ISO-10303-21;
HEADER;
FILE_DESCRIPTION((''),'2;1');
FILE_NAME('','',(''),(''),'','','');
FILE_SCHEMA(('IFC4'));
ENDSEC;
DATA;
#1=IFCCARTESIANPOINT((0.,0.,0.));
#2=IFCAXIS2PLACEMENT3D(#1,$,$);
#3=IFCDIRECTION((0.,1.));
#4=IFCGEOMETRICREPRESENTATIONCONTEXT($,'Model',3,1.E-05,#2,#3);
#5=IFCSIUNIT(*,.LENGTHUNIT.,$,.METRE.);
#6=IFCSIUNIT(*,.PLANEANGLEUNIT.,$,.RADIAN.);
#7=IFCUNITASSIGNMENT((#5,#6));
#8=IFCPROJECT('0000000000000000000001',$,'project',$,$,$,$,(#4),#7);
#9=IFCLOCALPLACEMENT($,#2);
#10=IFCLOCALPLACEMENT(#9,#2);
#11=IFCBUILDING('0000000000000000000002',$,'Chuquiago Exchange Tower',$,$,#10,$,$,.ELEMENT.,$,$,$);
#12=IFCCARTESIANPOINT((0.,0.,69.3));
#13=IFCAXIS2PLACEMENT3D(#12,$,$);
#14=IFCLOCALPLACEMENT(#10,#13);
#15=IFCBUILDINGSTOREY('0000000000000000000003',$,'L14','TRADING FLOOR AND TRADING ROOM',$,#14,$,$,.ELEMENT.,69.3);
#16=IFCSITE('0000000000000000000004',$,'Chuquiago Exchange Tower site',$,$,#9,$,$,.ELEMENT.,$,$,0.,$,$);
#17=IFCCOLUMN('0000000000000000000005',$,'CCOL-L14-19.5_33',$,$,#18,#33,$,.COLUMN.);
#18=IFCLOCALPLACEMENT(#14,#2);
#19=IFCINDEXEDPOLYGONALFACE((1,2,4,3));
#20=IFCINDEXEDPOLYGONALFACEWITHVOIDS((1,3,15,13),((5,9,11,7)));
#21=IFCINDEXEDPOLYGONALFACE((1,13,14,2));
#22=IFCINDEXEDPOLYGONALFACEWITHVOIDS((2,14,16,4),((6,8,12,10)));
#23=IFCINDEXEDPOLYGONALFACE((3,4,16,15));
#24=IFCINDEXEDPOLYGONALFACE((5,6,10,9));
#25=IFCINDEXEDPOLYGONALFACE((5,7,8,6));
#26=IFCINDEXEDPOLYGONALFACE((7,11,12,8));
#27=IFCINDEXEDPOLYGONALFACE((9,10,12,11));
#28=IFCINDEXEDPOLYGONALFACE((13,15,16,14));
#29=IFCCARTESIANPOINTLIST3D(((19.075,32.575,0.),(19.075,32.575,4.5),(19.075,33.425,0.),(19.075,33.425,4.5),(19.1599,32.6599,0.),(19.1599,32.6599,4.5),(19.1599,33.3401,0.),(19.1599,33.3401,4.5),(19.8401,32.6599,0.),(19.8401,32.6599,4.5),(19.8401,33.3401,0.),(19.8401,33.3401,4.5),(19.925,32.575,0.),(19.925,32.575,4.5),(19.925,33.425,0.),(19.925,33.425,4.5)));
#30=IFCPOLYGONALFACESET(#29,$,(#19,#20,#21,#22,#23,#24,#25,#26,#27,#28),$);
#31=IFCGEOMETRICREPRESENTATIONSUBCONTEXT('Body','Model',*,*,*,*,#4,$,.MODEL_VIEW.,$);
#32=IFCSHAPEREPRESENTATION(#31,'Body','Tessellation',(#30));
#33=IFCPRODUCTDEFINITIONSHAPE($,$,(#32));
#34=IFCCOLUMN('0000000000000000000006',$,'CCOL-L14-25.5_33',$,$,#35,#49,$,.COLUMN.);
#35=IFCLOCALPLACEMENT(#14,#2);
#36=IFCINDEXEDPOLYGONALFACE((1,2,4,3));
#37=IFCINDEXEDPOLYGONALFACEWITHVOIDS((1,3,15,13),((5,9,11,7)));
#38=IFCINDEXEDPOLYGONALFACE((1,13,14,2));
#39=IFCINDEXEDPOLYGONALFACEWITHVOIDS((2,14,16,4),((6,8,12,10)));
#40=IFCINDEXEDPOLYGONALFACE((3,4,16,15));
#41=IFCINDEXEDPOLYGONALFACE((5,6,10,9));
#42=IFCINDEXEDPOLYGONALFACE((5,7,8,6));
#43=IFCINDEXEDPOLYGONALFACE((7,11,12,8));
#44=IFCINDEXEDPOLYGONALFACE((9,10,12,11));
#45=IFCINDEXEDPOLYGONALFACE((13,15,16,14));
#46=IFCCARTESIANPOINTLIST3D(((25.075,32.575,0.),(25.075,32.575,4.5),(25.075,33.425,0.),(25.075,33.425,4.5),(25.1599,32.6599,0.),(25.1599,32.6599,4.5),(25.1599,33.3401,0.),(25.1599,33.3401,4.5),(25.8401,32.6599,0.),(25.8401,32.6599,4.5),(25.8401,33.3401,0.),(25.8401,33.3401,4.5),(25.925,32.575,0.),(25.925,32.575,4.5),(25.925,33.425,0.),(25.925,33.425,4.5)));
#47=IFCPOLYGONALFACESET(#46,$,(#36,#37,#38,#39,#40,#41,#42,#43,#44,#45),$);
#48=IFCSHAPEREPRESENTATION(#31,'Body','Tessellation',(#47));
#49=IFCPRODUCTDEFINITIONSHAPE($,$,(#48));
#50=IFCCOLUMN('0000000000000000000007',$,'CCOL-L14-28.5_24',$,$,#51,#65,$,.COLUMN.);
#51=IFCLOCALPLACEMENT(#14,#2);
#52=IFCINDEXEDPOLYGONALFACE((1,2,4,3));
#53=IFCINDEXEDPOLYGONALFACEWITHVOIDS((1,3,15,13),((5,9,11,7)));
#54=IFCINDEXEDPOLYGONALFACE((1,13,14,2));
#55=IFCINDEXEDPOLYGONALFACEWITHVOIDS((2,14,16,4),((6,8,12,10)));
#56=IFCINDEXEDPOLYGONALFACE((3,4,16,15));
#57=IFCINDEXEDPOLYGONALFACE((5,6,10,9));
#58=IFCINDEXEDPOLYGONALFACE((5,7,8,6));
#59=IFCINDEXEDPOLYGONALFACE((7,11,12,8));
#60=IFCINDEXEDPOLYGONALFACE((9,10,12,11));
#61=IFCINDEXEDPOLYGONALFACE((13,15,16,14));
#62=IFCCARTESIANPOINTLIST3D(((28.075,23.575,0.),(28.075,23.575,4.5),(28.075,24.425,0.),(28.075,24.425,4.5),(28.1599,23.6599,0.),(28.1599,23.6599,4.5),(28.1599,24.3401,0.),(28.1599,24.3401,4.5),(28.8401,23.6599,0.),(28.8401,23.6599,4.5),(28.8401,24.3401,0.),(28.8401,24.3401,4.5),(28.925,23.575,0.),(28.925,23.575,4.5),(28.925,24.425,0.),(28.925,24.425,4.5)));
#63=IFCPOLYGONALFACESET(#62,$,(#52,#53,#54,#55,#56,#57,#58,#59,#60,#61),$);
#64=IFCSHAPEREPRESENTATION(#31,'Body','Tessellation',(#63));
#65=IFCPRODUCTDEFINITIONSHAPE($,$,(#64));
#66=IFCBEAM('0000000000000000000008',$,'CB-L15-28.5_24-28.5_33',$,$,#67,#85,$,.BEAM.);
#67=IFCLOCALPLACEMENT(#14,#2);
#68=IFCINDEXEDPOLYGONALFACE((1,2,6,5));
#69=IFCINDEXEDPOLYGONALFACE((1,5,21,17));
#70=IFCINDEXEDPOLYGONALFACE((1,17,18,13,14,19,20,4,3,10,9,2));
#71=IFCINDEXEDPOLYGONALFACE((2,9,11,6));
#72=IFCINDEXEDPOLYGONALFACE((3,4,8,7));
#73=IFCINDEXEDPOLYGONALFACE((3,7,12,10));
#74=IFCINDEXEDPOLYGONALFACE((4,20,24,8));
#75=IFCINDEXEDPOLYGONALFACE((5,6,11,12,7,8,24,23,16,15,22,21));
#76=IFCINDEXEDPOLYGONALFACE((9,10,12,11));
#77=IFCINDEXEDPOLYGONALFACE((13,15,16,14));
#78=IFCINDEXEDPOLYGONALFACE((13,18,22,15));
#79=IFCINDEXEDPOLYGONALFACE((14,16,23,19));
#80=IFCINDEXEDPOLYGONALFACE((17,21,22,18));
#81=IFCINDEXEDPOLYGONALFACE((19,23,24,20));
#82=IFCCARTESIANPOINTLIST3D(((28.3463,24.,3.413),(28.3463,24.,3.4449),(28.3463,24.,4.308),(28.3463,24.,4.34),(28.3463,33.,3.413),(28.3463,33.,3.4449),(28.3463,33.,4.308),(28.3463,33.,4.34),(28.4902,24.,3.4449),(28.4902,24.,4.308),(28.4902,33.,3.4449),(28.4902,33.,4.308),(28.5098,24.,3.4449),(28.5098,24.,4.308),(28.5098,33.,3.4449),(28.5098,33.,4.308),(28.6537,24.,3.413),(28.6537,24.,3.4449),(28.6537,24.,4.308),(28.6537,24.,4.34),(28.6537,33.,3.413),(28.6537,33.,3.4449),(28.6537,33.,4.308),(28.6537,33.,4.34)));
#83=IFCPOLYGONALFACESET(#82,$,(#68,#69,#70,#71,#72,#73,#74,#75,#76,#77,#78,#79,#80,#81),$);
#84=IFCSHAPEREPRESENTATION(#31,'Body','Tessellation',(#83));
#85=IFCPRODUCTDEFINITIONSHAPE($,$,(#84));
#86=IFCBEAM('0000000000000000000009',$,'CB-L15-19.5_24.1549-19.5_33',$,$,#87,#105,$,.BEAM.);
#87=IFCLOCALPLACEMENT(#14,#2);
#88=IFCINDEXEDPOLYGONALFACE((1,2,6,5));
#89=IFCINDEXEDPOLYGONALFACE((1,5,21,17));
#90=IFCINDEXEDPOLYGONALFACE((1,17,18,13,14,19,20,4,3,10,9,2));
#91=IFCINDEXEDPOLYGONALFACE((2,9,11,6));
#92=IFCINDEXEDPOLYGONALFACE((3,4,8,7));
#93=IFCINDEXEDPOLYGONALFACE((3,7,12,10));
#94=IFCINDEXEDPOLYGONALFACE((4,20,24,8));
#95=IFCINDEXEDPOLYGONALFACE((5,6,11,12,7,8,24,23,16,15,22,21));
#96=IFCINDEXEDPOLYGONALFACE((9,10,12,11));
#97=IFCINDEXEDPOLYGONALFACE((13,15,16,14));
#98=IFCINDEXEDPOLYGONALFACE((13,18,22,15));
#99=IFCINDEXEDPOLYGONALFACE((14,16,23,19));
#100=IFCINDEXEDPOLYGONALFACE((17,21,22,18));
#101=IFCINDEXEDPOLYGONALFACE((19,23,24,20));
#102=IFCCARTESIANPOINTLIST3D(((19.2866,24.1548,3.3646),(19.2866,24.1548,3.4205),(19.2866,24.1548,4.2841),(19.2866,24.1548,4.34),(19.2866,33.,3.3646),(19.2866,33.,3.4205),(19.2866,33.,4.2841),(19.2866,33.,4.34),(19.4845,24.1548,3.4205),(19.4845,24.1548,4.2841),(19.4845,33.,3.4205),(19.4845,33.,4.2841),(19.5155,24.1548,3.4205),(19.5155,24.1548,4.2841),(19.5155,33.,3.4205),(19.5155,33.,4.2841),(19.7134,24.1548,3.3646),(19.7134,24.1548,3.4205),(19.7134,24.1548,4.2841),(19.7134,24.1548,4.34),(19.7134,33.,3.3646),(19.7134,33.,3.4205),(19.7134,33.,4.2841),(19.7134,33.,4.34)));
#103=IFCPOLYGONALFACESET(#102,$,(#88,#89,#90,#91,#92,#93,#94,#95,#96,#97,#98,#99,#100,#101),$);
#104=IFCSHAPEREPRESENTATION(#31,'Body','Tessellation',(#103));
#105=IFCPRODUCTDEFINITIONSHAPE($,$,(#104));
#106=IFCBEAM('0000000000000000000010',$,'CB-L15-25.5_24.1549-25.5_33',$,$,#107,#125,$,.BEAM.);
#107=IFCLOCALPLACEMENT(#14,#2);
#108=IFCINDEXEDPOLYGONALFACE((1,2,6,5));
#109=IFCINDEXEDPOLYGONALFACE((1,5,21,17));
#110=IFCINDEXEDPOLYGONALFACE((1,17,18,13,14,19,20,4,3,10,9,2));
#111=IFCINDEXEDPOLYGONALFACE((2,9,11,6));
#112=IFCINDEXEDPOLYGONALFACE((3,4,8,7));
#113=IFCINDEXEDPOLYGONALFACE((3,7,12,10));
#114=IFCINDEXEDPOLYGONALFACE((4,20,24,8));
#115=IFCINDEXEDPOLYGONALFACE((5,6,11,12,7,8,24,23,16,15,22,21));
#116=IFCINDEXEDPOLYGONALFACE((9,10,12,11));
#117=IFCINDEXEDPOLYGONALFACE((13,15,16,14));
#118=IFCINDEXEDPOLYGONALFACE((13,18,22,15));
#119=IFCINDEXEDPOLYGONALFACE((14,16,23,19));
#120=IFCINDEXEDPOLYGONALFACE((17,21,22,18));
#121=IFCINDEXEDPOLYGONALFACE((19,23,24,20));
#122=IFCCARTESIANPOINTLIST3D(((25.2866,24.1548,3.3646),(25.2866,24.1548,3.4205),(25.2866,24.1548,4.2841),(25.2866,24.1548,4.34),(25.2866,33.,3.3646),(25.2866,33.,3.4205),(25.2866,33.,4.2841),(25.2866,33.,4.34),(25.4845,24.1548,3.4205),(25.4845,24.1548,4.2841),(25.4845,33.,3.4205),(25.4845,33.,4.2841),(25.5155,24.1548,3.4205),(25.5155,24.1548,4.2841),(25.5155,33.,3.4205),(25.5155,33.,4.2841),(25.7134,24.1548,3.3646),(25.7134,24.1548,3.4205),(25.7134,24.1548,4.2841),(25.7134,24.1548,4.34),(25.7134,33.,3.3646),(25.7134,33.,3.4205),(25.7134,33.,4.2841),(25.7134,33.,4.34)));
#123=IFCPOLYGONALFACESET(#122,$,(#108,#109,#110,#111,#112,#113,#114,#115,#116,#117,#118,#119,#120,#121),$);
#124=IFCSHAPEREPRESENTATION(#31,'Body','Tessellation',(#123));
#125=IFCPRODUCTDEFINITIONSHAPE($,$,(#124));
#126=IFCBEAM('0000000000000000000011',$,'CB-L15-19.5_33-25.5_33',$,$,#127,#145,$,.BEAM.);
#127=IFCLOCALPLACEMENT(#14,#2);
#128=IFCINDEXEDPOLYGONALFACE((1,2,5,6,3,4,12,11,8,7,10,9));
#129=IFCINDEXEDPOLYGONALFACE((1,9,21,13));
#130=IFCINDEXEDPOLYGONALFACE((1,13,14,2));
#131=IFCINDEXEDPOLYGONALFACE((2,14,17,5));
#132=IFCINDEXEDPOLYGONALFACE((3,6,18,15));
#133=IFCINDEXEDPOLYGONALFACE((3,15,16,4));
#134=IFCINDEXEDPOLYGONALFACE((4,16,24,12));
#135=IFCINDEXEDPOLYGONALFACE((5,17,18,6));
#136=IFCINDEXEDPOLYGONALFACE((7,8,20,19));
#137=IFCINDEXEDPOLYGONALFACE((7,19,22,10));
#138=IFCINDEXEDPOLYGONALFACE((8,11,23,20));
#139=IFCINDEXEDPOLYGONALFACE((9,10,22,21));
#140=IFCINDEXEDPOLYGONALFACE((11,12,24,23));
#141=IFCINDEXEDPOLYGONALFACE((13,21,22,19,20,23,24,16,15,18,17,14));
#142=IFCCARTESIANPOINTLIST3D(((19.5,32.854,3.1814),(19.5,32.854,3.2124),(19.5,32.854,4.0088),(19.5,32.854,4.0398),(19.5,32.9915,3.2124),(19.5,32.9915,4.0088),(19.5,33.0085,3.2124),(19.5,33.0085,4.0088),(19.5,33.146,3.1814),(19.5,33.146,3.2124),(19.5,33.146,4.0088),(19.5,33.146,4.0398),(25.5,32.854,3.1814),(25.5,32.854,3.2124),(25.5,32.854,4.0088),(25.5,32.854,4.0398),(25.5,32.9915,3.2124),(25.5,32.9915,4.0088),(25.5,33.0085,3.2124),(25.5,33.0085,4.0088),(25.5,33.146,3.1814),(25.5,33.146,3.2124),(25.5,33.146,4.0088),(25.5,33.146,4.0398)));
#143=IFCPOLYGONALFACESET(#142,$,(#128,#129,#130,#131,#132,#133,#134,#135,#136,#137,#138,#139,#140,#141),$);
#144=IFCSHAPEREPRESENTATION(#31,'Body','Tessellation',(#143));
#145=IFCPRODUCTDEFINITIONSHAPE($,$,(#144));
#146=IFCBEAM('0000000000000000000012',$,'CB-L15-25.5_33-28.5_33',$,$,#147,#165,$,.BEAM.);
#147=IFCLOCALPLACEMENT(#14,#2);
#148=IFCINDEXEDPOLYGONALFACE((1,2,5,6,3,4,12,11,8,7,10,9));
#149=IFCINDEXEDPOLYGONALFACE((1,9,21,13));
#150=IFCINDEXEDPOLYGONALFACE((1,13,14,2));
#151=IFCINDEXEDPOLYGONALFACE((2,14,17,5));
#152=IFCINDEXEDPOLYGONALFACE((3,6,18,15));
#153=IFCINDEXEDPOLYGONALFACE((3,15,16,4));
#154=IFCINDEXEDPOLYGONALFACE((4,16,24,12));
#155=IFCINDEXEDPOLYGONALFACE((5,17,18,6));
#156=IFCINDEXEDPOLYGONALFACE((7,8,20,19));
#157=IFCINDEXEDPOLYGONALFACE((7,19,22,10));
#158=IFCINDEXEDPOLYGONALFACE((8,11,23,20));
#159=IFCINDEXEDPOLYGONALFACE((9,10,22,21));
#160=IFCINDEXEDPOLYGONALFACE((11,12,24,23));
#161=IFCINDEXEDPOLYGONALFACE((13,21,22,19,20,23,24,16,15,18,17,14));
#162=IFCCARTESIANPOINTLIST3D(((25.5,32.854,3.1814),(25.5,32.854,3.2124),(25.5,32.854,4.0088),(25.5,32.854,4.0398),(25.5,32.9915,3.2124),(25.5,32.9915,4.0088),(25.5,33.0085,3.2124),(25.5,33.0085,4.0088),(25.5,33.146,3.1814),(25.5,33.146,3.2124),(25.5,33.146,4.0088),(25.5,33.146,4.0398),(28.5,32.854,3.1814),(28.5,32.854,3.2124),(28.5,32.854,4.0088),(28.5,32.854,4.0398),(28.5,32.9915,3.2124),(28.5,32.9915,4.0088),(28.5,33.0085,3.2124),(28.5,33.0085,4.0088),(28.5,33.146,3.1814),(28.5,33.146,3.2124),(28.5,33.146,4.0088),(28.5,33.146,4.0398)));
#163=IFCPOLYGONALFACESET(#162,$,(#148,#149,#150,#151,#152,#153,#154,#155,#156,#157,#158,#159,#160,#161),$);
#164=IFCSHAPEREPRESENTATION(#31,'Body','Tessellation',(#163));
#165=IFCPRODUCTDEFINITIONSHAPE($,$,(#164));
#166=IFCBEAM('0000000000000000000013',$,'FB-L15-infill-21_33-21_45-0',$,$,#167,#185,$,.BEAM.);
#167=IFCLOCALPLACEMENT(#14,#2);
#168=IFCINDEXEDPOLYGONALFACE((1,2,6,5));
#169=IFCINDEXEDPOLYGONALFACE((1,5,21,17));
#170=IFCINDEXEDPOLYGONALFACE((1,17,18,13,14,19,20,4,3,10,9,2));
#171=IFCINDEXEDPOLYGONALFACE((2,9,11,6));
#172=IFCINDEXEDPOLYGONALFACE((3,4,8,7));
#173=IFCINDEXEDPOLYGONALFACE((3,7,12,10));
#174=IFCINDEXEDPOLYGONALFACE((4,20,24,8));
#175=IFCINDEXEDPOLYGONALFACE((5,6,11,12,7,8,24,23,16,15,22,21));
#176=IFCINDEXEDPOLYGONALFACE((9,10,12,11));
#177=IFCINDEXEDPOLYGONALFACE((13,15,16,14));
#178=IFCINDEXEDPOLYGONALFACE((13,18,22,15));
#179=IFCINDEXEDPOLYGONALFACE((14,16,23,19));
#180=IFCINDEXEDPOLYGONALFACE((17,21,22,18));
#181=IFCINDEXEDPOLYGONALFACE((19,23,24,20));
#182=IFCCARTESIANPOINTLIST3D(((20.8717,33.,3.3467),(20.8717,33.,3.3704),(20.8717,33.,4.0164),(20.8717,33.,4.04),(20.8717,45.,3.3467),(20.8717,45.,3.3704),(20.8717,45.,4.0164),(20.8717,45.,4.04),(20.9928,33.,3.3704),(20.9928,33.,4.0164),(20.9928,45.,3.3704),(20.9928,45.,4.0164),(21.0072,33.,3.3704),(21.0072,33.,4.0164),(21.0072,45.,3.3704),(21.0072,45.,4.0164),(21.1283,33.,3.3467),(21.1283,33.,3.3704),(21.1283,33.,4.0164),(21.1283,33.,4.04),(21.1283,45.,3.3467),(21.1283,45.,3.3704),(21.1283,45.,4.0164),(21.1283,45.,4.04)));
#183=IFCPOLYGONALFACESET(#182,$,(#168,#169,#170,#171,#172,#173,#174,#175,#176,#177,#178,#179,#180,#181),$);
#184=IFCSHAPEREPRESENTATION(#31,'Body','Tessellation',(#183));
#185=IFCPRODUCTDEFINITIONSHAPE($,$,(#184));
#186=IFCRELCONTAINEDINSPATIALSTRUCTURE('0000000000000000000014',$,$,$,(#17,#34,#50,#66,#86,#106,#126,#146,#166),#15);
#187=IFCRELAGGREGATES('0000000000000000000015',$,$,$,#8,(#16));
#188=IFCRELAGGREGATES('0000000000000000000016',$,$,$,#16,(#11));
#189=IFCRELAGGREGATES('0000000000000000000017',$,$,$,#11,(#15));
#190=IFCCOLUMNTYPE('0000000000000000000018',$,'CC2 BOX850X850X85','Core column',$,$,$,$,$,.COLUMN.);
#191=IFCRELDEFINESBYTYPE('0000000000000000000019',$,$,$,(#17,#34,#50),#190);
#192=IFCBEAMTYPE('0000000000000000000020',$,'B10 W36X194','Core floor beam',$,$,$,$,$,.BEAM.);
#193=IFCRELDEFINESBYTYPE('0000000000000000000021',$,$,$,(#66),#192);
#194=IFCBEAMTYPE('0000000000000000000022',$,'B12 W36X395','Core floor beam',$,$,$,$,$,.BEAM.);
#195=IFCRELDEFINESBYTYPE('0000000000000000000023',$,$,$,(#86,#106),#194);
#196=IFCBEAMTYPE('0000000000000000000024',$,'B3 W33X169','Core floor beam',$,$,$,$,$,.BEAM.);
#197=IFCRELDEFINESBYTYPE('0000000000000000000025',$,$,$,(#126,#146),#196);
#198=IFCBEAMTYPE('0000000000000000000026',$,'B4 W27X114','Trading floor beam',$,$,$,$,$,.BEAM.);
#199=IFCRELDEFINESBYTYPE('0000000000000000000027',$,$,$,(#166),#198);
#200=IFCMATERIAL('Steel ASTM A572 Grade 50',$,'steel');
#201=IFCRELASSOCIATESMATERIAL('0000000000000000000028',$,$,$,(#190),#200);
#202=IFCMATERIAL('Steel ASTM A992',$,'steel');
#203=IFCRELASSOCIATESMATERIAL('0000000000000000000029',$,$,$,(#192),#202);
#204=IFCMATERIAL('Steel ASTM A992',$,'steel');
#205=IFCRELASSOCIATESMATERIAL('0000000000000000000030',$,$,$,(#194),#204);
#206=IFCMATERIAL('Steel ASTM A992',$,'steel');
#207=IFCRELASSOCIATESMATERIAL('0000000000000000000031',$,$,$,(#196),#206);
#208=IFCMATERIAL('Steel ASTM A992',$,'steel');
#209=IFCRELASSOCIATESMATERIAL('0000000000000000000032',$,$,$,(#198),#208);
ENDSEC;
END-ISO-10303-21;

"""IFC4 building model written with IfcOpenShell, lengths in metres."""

from ifc_helpers import new_model, si_unit, direction, frame, origin, origin_2d, place, context, subcontext, project, spatial, hollow_rectangle, i_section, extrude, material, material_profile, profile_set, type_object, element, save


model = new_model("IFC4")

# Units and contexts
model_context = context("Model", 3, precision=1e-05, world=origin(), true_north=direction((0.0, 1.0)))
body_context = subcontext(model_context, "Body", "Model", "MODEL_VIEW")
ifc_project = project(units=[si_unit("LENGTHUNIT", "METRE"), si_unit("PLANEANGLEUNIT", "RADIAN")], contexts=[model_context])

# Site, building, storey
site_placement = place(None, origin())
site = spatial("IfcSite", under=ifc_project, at=site_placement, Name="Chuquiago Exchange Tower site", CompositionType="ELEMENT", RefElevation=0.0)
building_placement = place(site_placement, origin())
building = spatial("IfcBuilding", under=site, at=building_placement, Name="Chuquiago Exchange Tower", CompositionType="ELEMENT")
storey_placement = place(building_placement, frame((0.0, 0.0, 69.3)))
storey = spatial("IfcBuildingStorey", under=building, at=storey_placement, Name="L14", Description="TRADING FLOOR AND TRADING ROOM", CompositionType="ELEMENT", Elevation=69.3)

# Columns
ifc_material_1 = material(Name="Steel ASTM A572 Grade 50", Category="steel")
ifc_material_profile_1 = material_profile(ifc_material_1, hollow_rectangle(XDim=0.8501, YDim=0.8501, WallThickness=0.085, at=origin_2d()), Name="BOX850X850X85")
ifc_profile_set_1 = profile_set([ifc_material_profile_1], Name="Steel ASTM A572 Grade 50")
column_type = type_object("IfcColumnType", Name="CC2 BOX850X850X85", Description="Core column", PredefinedType="COLUMN", material=ifc_profile_set_1)
for number, where, z_axis, x_axis, name in (
    (1, (19.5, 33.0, 0.0), (0.0, 0.0, 1.0), (1.0, 0.0, 0.0), "CCOL-L14-19.5_33"),
    (2, (25.5, 33.0, 0.0), (0.0, 0.0, 1.0), (1.0, 0.0, 0.0), "CCOL-L14-25.5_33"),
    (3, (28.5, 24.0, 0.0), (0.0, 0.0, 1.0), (1.0, 0.0, 0.0), "CCOL-L14-28.5_24"),
):
    element("IfcColumn", number, at=place(storey_placement, frame(where, z_axis=z_axis, x_axis=x_axis)), inside=storey, type_object=column_type, Name=name, PredefinedType="COLUMN", context=body_context, shape_type="SweptSolid", body=[
        extrude(hollow_rectangle(XDim=0.8501, YDim=0.8501, WallThickness=0.085, at=origin_2d()), origin(), (0.0, 0.0, 1.0), 4.5),
    ])

# Beams
ifc_material_2 = material(Name="Steel ASTM A992", Category="steel")
ifc_material_profile_2 = material_profile(ifc_material_2, i_section(OverallWidth=0.3074, OverallDepth=0.927, WebThickness=0.0195, FlangeThickness=0.032, at=origin_2d()), Name="W36X194")
ifc_profile_set_2 = profile_set([ifc_material_profile_2], Name="Steel ASTM A992")
beam_type_1 = type_object("IfcBeamType", Name="B10 W36X194", Description="Core floor beam", PredefinedType="BEAM", material=ifc_profile_set_2)
beam_1_placement = place(storey_placement, frame((28.5, 24.0, 3.8765), z_axis=(0.0, 1.0, 0.0), x_axis=(-1.0, 0.0, 0.0)))
element("IfcBeam", 4, at=beam_1_placement, inside=storey, type_object=beam_type_1, Name="CB-L15-28.5_24-28.5_33", PredefinedType="BEAM", context=body_context, shape_type="SweptSolid", body=[
    extrude(i_section(OverallWidth=0.3074, OverallDepth=0.927, WebThickness=0.0195, FlangeThickness=0.032, at=origin_2d()), origin(), (0.0, 0.0, 1.0), 9.0),
])
ifc_material_3 = material(Name="Steel ASTM A992", Category="steel")
ifc_material_profile_3 = material_profile(ifc_material_3, i_section(OverallWidth=0.4268, OverallDepth=0.9753, WebThickness=0.031, FlangeThickness=0.0559, at=origin_2d()), Name="W36X395")
ifc_profile_set_3 = profile_set([ifc_material_profile_3], Name="Steel ASTM A992")
beam_type_2 = type_object("IfcBeamType", Name="B12 W36X395", Description="Core floor beam", PredefinedType="BEAM", material=ifc_profile_set_3)
for number, where, z_axis, x_axis, name in (
    (5, (19.5, 24.1548, 3.8523), (0.0, 1.0, 0.0), (-1.0, 0.0, 0.0), "CB-L15-19.5_24.1549-19.5_33"),
    (6, (25.5, 24.1548, 3.8523), (0.0, 1.0, 0.0), (-1.0, 0.0, 0.0), "CB-L15-25.5_24.1549-25.5_33"),
):
    element("IfcBeam", number, at=place(storey_placement, frame(where, z_axis=z_axis, x_axis=x_axis)), inside=storey, type_object=beam_type_2, Name=name, PredefinedType="BEAM", context=body_context, shape_type="SweptSolid", body=[
        extrude(i_section(OverallWidth=0.4268, OverallDepth=0.9753, WebThickness=0.031, FlangeThickness=0.0559, at=origin_2d()), origin(), (0.0, 0.0, 1.0), 8.8452),
    ])
ifc_material_4 = material(Name="Steel ASTM A992", Category="steel")
ifc_material_profile_4 = material_profile(ifc_material_4, i_section(OverallWidth=0.292, OverallDepth=0.8584, WebThickness=0.0171, FlangeThickness=0.031, at=origin_2d()), Name="W33X169")
ifc_profile_set_4 = profile_set([ifc_material_profile_4], Name="Steel ASTM A992")
beam_type_3 = type_object("IfcBeamType", Name="B3 W33X169", Description="Core floor beam", PredefinedType="BEAM", material=ifc_profile_set_4)
beam_2_placement = place(storey_placement, frame((19.5, 33.0, 3.6106), z_axis=(1.0, 0.0, 0.0), x_axis=(0.0, 1.0, 0.0)))
element("IfcBeam", 7, at=beam_2_placement, inside=storey, type_object=beam_type_3, Name="CB-L15-19.5_33-25.5_33", PredefinedType="BEAM", context=body_context, shape_type="SweptSolid", body=[
    extrude(i_section(OverallWidth=0.292, OverallDepth=0.8584, WebThickness=0.0171, FlangeThickness=0.031, at=origin_2d()), origin(), (0.0, 0.0, 1.0), 6.0),
])
beam_3_placement = place(storey_placement, frame((25.5, 33.0, 3.6106), z_axis=(1.0, 0.0, 0.0), x_axis=(0.0, 1.0, 0.0)))
element("IfcBeam", 8, at=beam_3_placement, inside=storey, type_object=beam_type_3, Name="CB-L15-25.5_33-28.5_33", PredefinedType="BEAM", context=body_context, shape_type="SweptSolid", body=[
    extrude(i_section(OverallWidth=0.292, OverallDepth=0.8584, WebThickness=0.0171, FlangeThickness=0.031, at=origin_2d()), origin(), (0.0, 0.0, 1.0), 3.0),
])
ifc_material_5 = material(Name="Steel ASTM A992", Category="steel")
ifc_material_profile_5 = material_profile(ifc_material_5, i_section(OverallWidth=0.2566, OverallDepth=0.6934, WebThickness=0.0144, FlangeThickness=0.0237, at=origin_2d()), Name="W27X114")
ifc_profile_set_5 = profile_set([ifc_material_profile_5], Name="Steel ASTM A992")
beam_type_4 = type_object("IfcBeamType", Name="B4 W27X114", Description="Trading floor beam", PredefinedType="BEAM", material=ifc_profile_set_5)
for number, where, z_axis, x_axis, name in (
    (9, (21.0, 33.0, 3.6934), (0.0, 1.0, 0.0), (-1.0, 0.0, 0.0), "FB-L15-infill-21_33-21_45-0"),
):
    element("IfcBeam", number, at=place(storey_placement, frame(where, z_axis=z_axis, x_axis=x_axis)), inside=storey, type_object=beam_type_4, Name=name, PredefinedType="BEAM", context=body_context, shape_type="SweptSolid", body=[
        extrude(i_section(OverallWidth=0.2566, OverallDepth=0.6934, WebThickness=0.0144, FlangeThickness=0.0237, at=origin_2d()), origin(), (0.0, 0.0, 1.0), 12.0),
    ])

save(model, "model.ifc")
